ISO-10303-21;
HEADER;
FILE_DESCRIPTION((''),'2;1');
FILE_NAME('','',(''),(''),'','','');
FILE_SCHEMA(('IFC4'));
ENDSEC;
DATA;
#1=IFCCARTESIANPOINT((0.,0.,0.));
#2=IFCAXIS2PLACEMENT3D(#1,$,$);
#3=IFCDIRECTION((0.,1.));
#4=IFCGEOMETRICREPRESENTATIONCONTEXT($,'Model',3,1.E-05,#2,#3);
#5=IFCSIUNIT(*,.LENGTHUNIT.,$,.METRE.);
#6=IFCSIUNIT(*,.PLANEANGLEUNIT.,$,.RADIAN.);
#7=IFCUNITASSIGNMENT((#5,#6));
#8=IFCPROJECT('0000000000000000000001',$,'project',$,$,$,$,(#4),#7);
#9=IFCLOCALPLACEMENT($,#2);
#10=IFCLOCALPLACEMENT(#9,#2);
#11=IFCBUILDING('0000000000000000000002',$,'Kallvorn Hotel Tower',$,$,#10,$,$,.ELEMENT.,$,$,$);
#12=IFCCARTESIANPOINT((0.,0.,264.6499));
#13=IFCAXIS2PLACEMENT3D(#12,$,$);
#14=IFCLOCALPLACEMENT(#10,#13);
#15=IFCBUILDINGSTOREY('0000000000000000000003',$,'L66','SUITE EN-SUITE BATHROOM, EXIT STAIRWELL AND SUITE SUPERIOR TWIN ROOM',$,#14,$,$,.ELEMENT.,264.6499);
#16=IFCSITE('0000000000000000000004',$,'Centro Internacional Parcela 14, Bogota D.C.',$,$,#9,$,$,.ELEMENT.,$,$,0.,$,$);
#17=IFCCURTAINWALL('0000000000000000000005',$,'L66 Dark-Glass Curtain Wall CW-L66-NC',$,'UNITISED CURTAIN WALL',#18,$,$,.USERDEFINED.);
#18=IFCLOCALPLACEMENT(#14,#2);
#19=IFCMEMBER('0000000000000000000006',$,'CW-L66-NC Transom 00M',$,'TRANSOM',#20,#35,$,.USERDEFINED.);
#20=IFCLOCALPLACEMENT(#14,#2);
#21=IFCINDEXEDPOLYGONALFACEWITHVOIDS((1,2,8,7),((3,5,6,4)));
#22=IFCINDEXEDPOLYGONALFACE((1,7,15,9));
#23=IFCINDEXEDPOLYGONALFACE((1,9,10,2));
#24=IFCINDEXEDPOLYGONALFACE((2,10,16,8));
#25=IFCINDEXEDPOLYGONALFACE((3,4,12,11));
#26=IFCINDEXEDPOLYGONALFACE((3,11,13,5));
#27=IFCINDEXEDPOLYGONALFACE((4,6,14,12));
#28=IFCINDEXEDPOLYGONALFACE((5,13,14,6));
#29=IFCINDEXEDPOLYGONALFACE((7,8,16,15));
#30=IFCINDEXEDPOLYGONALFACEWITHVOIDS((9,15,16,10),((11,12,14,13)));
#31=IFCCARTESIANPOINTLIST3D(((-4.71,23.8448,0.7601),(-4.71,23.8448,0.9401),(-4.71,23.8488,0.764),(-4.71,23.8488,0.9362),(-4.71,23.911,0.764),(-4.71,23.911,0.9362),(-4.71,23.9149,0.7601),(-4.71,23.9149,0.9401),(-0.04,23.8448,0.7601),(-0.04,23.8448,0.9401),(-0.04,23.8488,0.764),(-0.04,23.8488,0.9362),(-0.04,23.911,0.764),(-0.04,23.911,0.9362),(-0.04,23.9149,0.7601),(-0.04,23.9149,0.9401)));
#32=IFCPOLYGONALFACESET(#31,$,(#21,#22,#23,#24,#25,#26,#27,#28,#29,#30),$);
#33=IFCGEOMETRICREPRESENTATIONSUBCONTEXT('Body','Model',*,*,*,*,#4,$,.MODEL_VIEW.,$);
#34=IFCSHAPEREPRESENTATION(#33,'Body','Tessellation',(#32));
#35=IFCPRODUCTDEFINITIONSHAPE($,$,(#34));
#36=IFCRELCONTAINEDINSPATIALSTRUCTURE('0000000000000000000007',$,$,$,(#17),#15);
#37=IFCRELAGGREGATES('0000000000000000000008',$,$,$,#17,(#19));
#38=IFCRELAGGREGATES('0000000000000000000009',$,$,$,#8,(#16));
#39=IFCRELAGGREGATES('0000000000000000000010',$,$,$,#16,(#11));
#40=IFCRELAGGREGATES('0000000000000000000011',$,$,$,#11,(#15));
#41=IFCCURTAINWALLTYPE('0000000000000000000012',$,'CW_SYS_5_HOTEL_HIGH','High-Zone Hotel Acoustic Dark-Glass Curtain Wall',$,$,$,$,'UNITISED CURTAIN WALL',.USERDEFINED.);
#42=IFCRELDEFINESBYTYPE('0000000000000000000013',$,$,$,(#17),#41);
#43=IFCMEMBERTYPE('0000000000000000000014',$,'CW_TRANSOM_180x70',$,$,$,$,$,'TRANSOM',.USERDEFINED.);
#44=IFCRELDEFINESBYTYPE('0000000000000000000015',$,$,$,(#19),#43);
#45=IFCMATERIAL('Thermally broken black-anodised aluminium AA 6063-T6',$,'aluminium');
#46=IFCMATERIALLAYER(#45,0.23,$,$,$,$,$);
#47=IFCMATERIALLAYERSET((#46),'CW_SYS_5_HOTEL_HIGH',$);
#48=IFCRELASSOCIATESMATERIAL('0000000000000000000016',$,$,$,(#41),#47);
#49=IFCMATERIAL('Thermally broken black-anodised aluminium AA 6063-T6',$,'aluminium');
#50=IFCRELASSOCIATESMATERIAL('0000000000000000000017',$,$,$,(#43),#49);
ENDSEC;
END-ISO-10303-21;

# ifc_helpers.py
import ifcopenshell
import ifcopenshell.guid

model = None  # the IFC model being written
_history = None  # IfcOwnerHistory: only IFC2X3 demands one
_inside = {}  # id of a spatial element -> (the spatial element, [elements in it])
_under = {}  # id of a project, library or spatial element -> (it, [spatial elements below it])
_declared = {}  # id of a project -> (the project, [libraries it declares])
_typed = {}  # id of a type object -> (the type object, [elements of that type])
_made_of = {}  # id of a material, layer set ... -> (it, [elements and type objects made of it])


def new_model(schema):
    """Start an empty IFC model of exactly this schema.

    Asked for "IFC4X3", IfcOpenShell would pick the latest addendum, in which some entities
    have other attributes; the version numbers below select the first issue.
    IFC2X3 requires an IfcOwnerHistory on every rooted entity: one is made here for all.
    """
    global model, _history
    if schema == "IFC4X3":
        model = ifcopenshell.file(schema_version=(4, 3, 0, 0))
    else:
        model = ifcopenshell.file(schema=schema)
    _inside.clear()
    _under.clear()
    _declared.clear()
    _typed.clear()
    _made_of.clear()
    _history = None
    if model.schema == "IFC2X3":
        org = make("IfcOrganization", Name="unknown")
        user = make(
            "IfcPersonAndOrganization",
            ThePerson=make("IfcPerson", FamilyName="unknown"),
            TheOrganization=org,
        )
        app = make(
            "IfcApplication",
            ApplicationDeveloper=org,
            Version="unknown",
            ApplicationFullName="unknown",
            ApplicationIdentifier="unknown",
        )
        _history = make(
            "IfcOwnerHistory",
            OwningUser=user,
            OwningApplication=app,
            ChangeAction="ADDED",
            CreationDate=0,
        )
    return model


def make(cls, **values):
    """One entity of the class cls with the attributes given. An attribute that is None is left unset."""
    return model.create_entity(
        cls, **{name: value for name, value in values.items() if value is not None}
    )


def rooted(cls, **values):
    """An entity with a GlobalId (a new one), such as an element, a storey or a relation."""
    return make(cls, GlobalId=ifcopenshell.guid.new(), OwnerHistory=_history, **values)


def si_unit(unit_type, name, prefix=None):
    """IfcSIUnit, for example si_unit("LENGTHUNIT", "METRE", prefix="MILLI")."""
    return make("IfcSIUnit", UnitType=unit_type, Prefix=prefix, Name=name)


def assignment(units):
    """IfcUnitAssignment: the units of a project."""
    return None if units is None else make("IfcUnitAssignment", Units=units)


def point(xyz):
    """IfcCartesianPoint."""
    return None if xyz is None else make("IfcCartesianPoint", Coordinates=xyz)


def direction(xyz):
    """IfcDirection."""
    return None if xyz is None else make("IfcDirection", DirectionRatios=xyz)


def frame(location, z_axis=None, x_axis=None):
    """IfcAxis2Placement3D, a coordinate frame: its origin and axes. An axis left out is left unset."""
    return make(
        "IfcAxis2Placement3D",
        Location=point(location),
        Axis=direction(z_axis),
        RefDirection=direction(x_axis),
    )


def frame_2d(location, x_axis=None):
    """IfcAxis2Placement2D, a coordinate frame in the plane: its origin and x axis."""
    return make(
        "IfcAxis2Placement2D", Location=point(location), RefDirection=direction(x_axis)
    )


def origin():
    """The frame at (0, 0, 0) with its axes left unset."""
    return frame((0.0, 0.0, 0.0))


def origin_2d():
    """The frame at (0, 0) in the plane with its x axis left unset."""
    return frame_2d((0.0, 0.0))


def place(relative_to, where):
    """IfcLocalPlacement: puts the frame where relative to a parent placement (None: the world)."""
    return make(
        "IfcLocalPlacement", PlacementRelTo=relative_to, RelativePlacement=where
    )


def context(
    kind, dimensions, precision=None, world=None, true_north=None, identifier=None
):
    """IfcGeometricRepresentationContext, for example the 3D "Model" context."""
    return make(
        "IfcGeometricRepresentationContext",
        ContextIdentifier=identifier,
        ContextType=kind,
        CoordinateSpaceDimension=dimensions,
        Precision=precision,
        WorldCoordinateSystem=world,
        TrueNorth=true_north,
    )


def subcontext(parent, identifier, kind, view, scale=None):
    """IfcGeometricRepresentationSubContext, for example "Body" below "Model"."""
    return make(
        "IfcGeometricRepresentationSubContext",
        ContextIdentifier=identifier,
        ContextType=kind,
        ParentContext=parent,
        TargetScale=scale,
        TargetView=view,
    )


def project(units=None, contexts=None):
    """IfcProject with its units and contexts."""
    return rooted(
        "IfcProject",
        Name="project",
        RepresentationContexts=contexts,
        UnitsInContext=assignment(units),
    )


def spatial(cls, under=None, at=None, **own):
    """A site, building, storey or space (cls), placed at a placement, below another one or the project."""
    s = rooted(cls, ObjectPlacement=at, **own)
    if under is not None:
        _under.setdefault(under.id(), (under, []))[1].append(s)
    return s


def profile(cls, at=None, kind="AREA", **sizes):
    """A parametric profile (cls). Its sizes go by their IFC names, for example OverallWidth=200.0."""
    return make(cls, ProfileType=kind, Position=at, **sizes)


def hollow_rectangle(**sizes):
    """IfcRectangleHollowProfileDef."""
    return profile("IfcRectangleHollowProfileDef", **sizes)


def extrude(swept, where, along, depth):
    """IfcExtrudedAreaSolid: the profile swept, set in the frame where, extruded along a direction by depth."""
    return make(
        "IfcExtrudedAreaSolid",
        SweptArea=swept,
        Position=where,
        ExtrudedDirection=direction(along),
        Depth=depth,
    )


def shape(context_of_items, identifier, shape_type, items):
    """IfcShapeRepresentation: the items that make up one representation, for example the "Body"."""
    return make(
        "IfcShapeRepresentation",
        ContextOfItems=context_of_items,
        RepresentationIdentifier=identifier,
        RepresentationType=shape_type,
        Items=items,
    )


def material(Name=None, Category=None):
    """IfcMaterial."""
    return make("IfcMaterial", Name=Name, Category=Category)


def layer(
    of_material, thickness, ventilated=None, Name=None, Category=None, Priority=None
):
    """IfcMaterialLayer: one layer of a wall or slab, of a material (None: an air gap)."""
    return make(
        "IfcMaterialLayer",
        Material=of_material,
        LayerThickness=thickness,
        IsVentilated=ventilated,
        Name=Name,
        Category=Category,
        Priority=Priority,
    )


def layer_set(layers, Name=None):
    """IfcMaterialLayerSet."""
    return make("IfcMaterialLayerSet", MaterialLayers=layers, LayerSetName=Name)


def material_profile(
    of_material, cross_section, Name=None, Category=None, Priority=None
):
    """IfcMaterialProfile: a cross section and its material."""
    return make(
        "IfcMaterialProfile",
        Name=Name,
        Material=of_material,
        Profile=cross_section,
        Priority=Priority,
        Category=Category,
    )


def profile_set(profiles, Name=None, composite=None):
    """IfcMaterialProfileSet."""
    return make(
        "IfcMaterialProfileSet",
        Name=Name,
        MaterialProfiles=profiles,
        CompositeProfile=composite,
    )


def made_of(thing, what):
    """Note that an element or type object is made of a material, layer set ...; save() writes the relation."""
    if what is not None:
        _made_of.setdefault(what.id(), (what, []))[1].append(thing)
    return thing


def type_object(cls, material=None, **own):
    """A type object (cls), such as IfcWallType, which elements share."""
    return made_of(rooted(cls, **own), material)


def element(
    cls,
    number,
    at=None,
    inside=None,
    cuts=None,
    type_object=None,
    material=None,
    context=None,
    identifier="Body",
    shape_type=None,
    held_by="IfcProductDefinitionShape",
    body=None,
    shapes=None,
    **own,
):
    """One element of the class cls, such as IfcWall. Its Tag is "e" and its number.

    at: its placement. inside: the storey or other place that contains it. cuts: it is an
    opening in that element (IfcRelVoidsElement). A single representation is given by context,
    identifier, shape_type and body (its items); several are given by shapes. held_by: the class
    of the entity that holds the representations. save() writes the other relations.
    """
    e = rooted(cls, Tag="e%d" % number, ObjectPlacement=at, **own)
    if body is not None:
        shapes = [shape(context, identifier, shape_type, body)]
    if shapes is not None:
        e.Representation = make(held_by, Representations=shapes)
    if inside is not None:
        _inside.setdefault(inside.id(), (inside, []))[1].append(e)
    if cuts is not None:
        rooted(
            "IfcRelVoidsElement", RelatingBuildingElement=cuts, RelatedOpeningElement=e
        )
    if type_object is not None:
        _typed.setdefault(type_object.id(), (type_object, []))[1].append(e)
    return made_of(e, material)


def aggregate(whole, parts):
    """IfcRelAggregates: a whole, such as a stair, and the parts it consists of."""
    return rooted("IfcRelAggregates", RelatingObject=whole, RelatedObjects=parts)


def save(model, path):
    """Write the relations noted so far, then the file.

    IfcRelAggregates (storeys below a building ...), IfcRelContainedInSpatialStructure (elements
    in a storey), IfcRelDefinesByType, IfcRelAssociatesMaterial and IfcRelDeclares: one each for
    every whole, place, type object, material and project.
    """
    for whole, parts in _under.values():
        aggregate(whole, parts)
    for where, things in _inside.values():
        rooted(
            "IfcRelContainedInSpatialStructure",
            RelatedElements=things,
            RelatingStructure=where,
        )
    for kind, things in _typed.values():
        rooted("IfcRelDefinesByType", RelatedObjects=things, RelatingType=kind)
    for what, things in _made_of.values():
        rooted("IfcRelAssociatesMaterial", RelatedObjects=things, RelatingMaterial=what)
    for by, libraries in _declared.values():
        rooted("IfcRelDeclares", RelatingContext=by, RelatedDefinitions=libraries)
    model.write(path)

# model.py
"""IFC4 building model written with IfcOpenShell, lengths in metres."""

from ifc_helpers import new_model, si_unit, direction, frame, origin, origin_2d, place, context, subcontext, project, spatial, hollow_rectangle, extrude, material, layer, layer_set, material_profile, profile_set, type_object, element, aggregate, save


model = new_model("IFC4")

# Units and contexts
model_context = context("Model", 3, precision=1e-05, world=origin(), true_north=direction((0.0, 1.0)))
body_context = subcontext(model_context, "Body", "Model", "MODEL_VIEW")
ifc_project = project(units=[si_unit("LENGTHUNIT", "METRE"), si_unit("PLANEANGLEUNIT", "RADIAN")], contexts=[model_context])

# Site, building, storey
site_placement = place(None, origin())
site = spatial("IfcSite", under=ifc_project, at=site_placement, Name="Centro Internacional Parcela 14, Bogota D.C.", CompositionType="ELEMENT", RefElevation=0.0)
building_placement = place(site_placement, origin())
building = spatial("IfcBuilding", under=site, at=building_placement, Name="Kallvorn Hotel Tower", CompositionType="ELEMENT")
storey_placement = place(building_placement, frame((0.0, 0.0, 264.6499)))
storey = spatial("IfcBuildingStorey", under=building, at=storey_placement, Name="L66", Description="SUITE EN-SUITE BATHROOM, EXIT STAIRWELL AND SUITE SUPERIOR TWIN ROOM", CompositionType="ELEMENT", Elevation=264.6499)

# Curtain wall, member
ifc_material_1 = material(Name="Thermally broken black-anodised aluminium AA 6063-T6", Category="aluminium")
ifc_layer = layer(ifc_material_1, 0.23)
ifc_layer_set = layer_set([ifc_layer], Name="CW_SYS_5_HOTEL_HIGH")
curtain_wall_type = type_object("IfcCurtainWallType", Name="CW_SYS_5_HOTEL_HIGH", Description="High-Zone Hotel Acoustic Dark-Glass Curtain Wall", ElementType="UNITISED CURTAIN WALL", PredefinedType="USERDEFINED", material=ifc_layer_set)
curtain_wall_placement = place(storey_placement, origin())
curtain_wall = element("IfcCurtainWall", 1, at=curtain_wall_placement, inside=storey, type_object=curtain_wall_type, Name="L66 Dark-Glass Curtain Wall CW-L66-NC", ObjectType="UNITISED CURTAIN WALL", PredefinedType="USERDEFINED")
ifc_material_2 = material(Name="Thermally broken black-anodised aluminium AA 6063-T6", Category="aluminium")
ifc_material_profile_1 = material_profile(ifc_material_2, hollow_rectangle(XDim=0.0701, YDim=0.1799, WallThickness=0.0039, at=origin_2d()), Name="TRN 180x70")
ifc_profile_set_1 = profile_set([ifc_material_profile_1], Name="Thermally broken black-anodised aluminium AA 6063-T6")
member_type_1 = type_object("IfcMemberType", Name="CW_TRANSOM_180x70", ElementType="TRANSOM", PredefinedType="USERDEFINED", material=ifc_profile_set_1)
member_1_placement = place(storey_placement, frame((-4.71, 23.8799, 0.8501), z_axis=(1.0, 0.0, 0.0), x_axis=(0.0, 1.0, 0.0)))
member_1 = element("IfcMember", 2, at=member_1_placement, type_object=member_type_1, Name="CW-L66-NC Transom 00M", ObjectType="TRANSOM", PredefinedType="USERDEFINED", context=body_context, shape_type="SweptSolid", body=[
    extrude(hollow_rectangle(XDim=0.0701, YDim=0.1799, WallThickness=0.0039, at=origin_2d()), origin(), (0.0, 0.0, 1.0), 4.6699),
])
aggregate(curtain_wall, [member_1])

save(model, "model.ifc")
